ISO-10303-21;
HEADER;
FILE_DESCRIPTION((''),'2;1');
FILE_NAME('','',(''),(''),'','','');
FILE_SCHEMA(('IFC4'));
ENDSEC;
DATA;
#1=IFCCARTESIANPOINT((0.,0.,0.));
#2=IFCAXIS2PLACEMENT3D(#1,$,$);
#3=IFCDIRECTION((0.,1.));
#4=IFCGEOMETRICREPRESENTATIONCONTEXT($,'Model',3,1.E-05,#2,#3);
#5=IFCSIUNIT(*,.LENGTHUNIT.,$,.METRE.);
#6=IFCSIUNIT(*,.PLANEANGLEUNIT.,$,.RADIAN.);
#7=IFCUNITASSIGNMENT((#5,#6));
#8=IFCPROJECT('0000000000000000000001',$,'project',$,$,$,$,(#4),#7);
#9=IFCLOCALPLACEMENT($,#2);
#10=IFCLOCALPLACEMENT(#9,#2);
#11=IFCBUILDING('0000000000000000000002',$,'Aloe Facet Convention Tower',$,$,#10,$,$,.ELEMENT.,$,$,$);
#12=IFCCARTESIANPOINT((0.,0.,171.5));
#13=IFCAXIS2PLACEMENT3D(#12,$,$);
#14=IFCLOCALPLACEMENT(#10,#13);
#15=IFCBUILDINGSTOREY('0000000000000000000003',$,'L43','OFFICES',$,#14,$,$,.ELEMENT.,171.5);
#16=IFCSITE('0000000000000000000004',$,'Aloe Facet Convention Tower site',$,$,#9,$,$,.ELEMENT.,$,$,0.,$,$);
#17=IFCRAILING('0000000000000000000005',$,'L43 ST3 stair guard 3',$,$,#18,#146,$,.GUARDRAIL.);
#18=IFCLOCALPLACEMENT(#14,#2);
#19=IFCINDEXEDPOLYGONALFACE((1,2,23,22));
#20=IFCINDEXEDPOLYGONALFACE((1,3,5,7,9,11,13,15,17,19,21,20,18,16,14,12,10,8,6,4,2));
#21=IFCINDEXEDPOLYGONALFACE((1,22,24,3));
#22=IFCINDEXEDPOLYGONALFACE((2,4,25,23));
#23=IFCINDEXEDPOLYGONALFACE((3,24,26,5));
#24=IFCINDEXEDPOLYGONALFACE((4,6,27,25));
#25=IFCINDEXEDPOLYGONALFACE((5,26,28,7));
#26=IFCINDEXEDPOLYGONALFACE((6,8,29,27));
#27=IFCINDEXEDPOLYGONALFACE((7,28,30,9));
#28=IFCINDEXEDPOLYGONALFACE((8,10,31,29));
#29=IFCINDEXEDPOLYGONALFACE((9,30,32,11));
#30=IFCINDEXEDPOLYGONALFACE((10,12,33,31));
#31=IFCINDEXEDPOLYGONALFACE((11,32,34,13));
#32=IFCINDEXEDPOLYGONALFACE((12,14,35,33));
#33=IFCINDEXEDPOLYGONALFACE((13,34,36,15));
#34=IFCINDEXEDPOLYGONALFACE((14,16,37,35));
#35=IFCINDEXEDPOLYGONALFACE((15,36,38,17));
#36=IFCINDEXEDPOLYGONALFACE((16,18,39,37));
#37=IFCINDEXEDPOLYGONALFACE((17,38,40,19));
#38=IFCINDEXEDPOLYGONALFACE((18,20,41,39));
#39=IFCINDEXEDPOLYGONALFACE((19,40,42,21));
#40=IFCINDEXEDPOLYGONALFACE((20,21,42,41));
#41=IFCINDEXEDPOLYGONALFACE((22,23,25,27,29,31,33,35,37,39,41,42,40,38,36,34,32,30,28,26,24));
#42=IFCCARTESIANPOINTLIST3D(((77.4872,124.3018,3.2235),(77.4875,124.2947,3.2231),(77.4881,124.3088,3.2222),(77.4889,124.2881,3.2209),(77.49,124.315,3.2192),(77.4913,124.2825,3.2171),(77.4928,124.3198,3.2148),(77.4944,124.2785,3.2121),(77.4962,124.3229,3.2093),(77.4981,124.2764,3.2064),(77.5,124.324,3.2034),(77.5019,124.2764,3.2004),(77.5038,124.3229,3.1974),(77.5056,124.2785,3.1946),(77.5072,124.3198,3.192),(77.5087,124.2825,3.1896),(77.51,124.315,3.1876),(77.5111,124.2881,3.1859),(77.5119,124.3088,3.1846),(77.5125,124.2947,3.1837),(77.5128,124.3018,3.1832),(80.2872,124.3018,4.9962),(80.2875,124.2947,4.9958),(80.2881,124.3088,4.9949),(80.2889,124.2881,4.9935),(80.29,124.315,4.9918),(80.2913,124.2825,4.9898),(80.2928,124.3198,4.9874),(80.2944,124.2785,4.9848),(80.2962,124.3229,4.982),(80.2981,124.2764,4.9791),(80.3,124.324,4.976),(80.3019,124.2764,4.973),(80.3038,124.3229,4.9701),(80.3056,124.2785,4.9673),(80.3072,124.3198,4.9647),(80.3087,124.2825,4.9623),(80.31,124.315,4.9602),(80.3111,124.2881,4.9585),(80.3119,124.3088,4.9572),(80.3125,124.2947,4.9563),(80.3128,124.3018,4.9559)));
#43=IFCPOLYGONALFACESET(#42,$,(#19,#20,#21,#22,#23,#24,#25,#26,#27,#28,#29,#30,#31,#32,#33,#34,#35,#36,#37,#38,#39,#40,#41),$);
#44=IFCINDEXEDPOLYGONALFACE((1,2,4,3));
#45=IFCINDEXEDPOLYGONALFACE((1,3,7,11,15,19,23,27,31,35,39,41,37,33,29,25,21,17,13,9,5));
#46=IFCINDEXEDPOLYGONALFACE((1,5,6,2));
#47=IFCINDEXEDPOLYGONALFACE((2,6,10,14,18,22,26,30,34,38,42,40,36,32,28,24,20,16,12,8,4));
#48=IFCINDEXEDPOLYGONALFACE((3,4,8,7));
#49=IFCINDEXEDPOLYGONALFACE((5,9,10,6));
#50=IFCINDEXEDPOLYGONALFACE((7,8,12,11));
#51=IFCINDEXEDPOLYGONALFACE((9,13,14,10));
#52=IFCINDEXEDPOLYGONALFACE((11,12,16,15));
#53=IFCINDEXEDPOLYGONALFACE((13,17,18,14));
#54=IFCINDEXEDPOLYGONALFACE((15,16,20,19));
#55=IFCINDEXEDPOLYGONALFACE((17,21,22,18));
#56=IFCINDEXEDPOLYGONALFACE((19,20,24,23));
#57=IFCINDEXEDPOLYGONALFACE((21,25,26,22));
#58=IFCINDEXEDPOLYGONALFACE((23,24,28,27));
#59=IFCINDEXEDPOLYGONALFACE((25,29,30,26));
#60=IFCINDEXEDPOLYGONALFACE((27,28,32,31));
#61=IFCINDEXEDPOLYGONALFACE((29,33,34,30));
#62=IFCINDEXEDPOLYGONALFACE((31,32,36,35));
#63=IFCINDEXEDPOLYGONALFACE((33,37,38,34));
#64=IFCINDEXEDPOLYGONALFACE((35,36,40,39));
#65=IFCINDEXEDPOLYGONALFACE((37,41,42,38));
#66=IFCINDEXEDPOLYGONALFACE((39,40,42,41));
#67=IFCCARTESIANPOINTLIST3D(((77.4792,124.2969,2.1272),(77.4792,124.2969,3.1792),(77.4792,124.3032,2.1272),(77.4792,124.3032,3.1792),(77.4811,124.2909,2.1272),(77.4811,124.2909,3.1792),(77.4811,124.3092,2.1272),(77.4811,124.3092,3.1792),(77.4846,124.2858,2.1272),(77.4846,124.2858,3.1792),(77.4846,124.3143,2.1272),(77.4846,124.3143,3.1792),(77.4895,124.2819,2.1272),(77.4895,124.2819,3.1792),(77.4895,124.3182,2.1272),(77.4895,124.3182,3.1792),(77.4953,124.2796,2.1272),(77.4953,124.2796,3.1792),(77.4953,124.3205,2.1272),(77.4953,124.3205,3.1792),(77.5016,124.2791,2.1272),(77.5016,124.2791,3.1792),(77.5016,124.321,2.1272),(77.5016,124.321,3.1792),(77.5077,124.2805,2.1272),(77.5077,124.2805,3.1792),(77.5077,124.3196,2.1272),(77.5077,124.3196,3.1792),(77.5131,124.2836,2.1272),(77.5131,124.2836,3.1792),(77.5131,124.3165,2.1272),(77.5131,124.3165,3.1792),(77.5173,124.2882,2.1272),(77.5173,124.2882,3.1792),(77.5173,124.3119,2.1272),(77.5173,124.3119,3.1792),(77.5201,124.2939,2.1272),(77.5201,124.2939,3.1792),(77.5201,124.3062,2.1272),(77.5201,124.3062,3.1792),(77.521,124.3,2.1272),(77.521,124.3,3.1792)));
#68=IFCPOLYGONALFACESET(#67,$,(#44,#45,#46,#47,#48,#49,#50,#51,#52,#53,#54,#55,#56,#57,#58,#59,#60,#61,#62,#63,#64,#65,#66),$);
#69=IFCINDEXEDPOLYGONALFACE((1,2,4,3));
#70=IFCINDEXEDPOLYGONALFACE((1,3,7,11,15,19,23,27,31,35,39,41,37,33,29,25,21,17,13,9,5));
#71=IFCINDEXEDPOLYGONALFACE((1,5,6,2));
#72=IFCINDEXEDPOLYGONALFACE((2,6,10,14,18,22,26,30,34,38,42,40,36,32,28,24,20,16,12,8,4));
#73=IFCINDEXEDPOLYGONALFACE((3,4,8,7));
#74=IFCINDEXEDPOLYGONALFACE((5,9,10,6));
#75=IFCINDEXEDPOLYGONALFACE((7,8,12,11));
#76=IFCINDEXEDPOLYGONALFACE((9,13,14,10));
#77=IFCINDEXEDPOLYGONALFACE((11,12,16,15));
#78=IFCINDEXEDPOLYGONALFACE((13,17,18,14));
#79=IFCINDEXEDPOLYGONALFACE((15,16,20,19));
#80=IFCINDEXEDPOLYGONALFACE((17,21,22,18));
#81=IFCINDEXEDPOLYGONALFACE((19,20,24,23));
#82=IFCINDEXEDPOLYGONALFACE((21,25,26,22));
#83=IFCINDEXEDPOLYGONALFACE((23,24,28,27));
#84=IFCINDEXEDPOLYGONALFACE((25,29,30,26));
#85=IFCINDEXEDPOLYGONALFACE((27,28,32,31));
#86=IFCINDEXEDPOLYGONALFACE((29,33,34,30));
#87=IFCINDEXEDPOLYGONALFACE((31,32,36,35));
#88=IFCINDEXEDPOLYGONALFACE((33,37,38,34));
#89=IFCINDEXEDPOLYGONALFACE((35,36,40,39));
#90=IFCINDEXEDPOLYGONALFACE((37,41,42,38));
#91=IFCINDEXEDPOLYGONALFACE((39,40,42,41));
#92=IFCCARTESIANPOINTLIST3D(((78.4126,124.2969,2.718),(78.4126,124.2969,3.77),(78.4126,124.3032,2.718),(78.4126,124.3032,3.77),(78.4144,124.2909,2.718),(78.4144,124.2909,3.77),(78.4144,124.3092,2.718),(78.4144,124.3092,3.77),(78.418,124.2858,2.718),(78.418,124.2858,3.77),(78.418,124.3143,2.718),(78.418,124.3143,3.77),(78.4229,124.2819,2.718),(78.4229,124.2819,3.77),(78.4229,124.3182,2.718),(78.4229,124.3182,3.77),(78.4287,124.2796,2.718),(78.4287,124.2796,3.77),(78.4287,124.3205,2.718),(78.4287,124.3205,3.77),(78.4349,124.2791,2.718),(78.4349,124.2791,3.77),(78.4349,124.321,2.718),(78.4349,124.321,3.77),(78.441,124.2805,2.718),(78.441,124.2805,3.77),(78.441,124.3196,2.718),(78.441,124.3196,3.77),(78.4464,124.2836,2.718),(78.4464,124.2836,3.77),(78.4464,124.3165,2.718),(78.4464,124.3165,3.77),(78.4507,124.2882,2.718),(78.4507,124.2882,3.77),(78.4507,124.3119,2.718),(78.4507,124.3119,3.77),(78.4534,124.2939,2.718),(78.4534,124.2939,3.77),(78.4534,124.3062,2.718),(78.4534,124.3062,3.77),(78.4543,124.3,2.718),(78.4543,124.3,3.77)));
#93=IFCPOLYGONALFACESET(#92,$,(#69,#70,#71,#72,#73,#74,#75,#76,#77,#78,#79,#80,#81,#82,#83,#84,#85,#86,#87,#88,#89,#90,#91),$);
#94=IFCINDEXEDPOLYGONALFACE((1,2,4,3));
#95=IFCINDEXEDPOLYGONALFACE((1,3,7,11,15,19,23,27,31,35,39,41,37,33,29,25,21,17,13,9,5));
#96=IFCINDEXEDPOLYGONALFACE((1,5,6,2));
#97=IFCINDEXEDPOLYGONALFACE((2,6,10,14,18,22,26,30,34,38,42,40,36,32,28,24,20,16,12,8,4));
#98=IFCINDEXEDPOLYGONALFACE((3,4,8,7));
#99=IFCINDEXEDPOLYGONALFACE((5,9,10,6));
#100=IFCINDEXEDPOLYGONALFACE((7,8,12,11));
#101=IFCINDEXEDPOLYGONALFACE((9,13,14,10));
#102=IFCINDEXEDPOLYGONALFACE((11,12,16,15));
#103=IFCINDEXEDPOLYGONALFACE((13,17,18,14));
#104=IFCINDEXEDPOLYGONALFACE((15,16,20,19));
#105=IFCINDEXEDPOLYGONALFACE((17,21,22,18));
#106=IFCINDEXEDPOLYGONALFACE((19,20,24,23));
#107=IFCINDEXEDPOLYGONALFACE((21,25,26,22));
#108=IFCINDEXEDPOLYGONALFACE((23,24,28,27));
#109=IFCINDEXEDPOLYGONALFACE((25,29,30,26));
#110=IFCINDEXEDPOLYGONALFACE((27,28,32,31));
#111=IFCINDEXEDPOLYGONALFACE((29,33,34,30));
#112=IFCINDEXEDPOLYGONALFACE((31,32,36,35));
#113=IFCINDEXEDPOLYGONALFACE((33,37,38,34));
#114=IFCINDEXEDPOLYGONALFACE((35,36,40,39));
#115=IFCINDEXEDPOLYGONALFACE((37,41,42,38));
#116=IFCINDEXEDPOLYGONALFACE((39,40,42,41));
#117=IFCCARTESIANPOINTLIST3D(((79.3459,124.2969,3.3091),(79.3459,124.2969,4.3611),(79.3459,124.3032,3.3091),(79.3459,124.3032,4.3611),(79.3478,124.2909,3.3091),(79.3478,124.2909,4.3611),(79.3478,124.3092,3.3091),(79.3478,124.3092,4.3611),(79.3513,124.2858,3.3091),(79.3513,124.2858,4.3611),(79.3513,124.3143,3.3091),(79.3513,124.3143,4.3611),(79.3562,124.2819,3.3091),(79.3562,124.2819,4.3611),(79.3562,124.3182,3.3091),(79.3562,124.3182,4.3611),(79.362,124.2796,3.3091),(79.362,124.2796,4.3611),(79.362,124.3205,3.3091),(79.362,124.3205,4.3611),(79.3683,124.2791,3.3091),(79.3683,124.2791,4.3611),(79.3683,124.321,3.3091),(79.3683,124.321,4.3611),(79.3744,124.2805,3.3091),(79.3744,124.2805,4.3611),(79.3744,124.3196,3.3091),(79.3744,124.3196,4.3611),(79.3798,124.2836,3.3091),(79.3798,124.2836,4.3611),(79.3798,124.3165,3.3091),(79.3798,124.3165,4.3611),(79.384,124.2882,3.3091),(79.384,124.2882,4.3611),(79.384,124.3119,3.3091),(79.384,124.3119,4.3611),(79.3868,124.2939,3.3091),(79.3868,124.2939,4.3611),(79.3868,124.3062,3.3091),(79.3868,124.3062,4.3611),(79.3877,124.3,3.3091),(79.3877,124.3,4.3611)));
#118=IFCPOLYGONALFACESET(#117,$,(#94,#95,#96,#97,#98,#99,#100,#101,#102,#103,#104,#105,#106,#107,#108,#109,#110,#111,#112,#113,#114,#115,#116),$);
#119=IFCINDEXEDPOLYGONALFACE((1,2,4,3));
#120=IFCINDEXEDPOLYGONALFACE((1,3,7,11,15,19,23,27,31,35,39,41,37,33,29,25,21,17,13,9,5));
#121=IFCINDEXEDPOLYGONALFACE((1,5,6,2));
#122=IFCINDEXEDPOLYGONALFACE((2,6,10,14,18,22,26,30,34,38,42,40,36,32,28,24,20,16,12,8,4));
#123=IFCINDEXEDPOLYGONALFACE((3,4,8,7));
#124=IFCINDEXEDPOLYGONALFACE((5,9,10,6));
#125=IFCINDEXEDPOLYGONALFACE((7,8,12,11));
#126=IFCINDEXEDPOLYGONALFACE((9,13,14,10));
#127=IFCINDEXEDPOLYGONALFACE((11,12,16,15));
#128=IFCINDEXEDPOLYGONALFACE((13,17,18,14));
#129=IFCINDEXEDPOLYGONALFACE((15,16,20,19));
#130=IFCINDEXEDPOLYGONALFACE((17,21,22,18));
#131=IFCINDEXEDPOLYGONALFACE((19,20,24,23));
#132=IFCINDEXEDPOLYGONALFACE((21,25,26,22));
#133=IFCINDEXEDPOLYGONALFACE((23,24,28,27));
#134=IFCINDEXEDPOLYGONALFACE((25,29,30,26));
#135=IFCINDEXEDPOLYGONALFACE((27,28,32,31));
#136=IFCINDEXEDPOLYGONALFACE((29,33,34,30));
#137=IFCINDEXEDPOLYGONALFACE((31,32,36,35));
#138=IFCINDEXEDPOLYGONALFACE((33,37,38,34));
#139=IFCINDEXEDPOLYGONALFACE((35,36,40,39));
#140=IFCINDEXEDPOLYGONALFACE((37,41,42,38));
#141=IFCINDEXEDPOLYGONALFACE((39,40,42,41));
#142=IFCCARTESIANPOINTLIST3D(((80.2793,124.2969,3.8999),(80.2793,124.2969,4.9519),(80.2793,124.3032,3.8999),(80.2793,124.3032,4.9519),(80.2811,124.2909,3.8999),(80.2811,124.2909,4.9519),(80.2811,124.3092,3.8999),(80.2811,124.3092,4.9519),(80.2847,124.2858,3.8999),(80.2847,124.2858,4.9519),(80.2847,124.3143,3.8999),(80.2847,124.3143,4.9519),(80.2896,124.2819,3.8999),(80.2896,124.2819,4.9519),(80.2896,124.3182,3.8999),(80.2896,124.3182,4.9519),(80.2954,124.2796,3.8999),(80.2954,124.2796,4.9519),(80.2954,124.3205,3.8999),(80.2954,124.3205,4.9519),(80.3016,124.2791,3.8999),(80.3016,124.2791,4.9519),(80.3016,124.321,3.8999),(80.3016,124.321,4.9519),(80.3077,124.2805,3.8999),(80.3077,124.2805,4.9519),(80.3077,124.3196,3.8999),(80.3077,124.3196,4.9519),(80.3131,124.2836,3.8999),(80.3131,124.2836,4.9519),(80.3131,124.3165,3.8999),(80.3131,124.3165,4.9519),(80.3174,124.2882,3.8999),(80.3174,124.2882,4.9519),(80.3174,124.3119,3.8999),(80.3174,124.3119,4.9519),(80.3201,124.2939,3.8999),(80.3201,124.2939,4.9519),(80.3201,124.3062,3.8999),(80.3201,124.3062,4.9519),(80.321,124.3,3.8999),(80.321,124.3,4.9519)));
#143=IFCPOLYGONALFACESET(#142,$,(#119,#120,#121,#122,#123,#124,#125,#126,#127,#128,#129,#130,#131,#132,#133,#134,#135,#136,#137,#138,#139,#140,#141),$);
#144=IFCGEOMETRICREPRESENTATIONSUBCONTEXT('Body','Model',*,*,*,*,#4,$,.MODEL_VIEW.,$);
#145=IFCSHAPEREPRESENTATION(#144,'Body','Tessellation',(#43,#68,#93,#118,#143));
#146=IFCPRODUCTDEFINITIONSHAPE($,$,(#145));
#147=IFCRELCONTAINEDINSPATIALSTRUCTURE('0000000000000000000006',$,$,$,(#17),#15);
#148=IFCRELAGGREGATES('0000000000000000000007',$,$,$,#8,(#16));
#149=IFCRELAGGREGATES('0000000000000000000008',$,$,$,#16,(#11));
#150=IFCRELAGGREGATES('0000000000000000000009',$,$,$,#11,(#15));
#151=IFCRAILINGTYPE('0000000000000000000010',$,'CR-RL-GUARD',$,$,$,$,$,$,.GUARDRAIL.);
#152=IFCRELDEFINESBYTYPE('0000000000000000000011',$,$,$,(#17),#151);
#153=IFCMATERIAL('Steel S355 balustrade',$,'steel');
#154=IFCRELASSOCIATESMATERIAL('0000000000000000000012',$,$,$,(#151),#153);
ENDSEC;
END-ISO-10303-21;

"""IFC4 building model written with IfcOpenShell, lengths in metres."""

from ifc_helpers import new_model, si_unit, direction, frame, origin, origin_2d, place, context, subcontext, project, spatial, circle, extrude, material, type_object, element, save


model = new_model("IFC4")

# Units and contexts
model_context = context("Model", 3, precision=1e-05, world=origin(), true_north=direction((0.0, 1.0)))
body_context = subcontext(model_context, "Body", "Model", "MODEL_VIEW")
ifc_project = project(units=[si_unit("LENGTHUNIT", "METRE"), si_unit("PLANEANGLEUNIT", "RADIAN")], contexts=[model_context])

# Site, building, storey
site_placement = place(None, origin())
site = spatial("IfcSite", under=ifc_project, at=site_placement, Name="Aloe Facet Convention Tower site", CompositionType="ELEMENT", RefElevation=0.0)
building_placement = place(site_placement, origin())
building = spatial("IfcBuilding", under=site, at=building_placement, Name="Aloe Facet Convention Tower", CompositionType="ELEMENT")
storey_placement = place(building_placement, frame((0.0, 0.0, 171.5)))
storey = spatial("IfcBuildingStorey", under=building, at=storey_placement, Name="L43", Description="OFFICES", CompositionType="ELEMENT", Elevation=171.5)

# Railing
ifc_material_1 = material(Name="Steel S355 balustrade", Category="steel")
railing_type_1 = type_object("IfcRailingType", Name="CR-RL-GUARD", PredefinedType="GUARDRAIL", material=ifc_material_1)
railing_1_placement = place(storey_placement, frame((77.5, 124.3, 2.1272)))
element("IfcRailing", 1, at=railing_1_placement, inside=storey, type_object=railing_type_1, Name="L43 ST3 stair guard 3", PredefinedType="GUARDRAIL", context=body_context, shape_type="SweptSolid", body=[
    extrude(circle(Radius=0.0239, at=origin_2d()), frame((0.0, 0.0, 1.0762), z_axis=(0.844909, 0.0, 0.53491), x_axis=(0.0, 1.0, 0.0)), (0.0, 0.0, 1.0), 3.314),
    extrude(circle(Radius=0.021, at=origin_2d()), origin(), (0.0, 0.0, 1.0), 1.052),
    extrude(circle(Radius=0.021, at=origin_2d()), frame((0.9333, 0.0, 0.5908)), (0.0, 0.0, 1.0), 1.052),
    extrude(circle(Radius=0.021, at=origin_2d()), frame((1.8667, 0.0, 1.1819)), (0.0, 0.0, 1.0), 1.052),
    extrude(circle(Radius=0.021, at=origin_2d()), frame((2.8, 0.0, 1.7727)), (0.0, 0.0, 1.0), 1.052),
])

save(model, "model.ifc")
